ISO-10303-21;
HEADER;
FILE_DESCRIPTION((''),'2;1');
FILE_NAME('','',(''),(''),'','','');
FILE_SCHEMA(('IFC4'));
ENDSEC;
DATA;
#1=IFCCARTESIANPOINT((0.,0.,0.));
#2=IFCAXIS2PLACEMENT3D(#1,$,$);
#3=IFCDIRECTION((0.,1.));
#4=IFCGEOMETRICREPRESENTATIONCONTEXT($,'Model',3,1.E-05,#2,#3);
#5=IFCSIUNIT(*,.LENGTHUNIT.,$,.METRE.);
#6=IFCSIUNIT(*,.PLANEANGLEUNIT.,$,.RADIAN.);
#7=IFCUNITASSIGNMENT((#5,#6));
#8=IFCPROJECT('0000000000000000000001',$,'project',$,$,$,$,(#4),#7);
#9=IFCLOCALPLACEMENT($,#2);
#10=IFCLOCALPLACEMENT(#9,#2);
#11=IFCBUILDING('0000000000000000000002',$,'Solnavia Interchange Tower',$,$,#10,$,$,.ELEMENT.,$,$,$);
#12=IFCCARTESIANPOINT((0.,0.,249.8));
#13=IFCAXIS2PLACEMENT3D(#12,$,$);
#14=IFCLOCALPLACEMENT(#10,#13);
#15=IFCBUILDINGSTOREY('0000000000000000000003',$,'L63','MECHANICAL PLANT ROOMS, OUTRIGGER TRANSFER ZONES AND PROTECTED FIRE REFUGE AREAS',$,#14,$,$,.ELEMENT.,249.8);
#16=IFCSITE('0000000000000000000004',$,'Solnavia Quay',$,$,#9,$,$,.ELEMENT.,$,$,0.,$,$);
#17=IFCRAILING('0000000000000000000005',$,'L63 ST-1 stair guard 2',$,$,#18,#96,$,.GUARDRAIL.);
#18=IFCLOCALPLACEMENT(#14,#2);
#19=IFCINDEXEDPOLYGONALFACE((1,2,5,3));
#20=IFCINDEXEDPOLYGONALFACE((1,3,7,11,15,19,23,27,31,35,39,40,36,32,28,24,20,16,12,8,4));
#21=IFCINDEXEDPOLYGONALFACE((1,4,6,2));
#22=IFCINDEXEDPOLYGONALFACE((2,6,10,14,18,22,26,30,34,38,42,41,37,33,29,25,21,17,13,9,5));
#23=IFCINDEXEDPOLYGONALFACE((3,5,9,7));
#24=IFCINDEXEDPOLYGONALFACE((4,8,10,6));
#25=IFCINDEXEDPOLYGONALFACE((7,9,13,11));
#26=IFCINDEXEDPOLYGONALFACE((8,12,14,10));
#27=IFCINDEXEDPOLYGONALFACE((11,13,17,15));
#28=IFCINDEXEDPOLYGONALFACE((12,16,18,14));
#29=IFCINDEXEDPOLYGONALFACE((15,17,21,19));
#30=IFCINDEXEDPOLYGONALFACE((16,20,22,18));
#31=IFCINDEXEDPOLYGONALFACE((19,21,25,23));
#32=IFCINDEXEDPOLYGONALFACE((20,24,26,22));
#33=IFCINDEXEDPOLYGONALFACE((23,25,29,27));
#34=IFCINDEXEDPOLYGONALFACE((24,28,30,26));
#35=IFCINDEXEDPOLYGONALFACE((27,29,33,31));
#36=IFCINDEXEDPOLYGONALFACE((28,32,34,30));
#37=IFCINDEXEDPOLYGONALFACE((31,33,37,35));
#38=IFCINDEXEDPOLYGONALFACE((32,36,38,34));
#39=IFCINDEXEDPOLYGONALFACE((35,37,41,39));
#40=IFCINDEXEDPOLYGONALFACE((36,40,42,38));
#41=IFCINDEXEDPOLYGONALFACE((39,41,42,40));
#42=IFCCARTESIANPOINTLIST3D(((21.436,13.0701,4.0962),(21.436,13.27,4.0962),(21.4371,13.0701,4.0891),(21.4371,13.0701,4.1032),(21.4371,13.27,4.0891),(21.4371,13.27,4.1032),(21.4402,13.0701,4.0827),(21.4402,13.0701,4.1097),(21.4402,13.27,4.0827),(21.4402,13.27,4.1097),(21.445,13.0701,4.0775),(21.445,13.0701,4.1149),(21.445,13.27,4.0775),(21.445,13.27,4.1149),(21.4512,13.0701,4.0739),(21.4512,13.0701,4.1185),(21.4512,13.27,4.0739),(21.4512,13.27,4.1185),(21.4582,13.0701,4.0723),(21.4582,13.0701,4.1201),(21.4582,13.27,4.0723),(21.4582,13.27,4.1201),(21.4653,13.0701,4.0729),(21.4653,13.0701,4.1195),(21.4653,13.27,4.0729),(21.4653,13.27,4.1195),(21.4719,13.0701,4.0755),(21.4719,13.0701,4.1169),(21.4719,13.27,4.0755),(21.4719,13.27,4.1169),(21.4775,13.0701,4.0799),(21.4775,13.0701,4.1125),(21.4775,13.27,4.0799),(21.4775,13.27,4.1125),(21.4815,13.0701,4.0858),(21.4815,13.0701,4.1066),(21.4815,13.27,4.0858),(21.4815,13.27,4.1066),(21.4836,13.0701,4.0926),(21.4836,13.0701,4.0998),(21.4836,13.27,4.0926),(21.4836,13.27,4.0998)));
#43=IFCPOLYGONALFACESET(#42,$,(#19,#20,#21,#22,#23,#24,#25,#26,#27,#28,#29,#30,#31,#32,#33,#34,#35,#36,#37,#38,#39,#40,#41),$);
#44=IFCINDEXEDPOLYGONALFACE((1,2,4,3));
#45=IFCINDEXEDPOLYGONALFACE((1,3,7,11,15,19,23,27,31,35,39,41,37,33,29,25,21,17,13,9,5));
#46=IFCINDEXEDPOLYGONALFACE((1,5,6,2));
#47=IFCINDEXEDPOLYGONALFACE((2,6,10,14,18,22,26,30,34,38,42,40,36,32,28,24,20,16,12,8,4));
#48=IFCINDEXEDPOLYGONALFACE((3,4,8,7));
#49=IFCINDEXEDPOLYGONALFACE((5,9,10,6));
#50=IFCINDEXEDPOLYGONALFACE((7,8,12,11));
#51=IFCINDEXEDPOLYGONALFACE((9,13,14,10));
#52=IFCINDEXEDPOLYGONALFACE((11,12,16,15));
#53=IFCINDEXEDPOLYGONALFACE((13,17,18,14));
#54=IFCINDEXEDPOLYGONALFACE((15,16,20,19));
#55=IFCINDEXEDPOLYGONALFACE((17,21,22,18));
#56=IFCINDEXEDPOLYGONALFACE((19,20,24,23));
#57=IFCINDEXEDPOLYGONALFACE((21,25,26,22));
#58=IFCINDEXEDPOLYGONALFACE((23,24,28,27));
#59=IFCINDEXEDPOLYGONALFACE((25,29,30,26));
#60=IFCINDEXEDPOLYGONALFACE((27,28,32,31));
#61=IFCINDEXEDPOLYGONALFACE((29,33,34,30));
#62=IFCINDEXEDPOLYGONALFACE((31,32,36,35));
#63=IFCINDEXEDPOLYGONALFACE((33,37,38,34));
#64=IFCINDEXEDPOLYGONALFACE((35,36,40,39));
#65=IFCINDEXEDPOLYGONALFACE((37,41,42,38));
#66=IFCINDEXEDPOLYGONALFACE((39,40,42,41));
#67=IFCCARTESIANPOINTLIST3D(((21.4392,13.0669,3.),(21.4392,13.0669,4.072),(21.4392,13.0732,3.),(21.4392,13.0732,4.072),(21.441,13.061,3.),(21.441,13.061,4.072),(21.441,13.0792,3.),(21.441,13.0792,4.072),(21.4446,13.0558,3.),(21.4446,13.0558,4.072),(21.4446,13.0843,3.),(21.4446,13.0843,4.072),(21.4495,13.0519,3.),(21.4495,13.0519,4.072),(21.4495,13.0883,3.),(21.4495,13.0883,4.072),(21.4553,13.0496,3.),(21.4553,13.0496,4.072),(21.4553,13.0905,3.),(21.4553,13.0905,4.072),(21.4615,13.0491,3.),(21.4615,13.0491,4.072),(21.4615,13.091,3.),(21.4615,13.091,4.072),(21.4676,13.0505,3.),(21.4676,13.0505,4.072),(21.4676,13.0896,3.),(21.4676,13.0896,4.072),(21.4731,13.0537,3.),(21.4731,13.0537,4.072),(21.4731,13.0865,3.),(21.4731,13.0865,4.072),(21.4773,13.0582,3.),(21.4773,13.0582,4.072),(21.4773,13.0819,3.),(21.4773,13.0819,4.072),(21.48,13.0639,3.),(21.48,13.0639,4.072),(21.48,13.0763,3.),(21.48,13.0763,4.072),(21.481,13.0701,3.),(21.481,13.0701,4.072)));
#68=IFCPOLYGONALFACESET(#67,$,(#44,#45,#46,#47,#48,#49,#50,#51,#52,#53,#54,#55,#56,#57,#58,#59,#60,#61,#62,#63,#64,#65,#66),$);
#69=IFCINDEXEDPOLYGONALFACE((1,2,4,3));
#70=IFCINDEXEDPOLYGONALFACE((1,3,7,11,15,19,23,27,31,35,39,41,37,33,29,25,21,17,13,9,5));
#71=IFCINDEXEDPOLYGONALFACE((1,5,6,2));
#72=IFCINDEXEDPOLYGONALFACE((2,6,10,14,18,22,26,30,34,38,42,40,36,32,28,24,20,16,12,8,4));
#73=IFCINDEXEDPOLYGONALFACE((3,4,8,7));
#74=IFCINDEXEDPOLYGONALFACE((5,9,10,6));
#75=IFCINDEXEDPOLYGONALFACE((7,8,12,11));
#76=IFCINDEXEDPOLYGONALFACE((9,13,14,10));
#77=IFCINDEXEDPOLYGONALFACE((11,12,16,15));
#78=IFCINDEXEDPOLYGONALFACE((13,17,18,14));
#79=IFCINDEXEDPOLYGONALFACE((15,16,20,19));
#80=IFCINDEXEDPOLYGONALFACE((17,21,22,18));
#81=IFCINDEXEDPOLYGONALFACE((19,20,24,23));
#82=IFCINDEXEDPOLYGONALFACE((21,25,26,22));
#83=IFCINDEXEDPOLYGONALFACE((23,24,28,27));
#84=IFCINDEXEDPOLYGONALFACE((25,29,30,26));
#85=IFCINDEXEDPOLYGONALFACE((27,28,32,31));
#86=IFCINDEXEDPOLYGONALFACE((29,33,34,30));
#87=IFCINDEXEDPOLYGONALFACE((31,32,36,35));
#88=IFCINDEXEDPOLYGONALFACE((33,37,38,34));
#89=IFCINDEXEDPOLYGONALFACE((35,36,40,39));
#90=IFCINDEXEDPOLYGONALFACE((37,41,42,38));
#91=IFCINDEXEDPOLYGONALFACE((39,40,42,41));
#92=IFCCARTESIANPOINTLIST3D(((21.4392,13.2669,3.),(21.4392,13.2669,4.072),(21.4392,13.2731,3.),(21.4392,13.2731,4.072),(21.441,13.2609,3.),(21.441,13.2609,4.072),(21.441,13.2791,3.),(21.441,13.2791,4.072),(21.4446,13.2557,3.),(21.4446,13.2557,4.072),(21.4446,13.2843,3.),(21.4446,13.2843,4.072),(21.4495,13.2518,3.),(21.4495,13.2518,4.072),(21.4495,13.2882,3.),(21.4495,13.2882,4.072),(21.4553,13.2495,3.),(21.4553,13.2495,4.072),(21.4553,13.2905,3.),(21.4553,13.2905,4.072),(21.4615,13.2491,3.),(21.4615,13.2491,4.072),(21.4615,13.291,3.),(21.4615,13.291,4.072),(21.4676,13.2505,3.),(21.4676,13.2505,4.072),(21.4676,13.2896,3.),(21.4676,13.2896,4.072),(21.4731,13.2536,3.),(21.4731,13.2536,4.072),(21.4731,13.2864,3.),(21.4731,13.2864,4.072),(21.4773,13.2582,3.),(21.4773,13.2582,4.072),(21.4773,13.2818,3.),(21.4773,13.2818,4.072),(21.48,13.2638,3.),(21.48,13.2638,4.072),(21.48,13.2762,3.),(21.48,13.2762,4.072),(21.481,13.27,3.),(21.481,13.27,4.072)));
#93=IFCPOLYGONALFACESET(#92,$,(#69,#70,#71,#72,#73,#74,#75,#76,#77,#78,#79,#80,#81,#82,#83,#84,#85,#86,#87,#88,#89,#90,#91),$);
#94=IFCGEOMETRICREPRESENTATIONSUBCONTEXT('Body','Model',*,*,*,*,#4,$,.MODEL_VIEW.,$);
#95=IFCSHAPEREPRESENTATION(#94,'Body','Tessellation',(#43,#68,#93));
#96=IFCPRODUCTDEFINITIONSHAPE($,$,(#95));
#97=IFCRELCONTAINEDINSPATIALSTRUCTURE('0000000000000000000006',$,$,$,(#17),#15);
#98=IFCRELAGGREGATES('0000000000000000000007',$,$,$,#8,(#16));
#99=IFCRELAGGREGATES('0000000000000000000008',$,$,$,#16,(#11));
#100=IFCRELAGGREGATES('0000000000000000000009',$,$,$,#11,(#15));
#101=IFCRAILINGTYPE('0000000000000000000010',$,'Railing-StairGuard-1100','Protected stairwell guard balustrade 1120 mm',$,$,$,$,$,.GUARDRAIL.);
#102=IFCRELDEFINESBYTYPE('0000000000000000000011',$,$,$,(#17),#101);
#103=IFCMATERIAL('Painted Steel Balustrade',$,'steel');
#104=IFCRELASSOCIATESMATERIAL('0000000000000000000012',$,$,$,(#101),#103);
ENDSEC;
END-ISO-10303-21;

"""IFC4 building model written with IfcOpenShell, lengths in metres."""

from ifc_helpers import new_model, si_unit, direction, frame, origin, origin_2d, place, context, subcontext, project, spatial, circle, extrude, material, type_object, element, save


model = new_model("IFC4")

# Units and contexts
model_context = context("Model", 3, precision=1e-05, world=origin(), true_north=direction((0.0, 1.0)))
body_context = subcontext(model_context, "Body", "Model", "MODEL_VIEW")
ifc_project = project(units=[si_unit("LENGTHUNIT", "METRE"), si_unit("PLANEANGLEUNIT", "RADIAN")], contexts=[model_context])

# Site, building, storey
site_placement = place(None, origin())
site = spatial("IfcSite", under=ifc_project, at=site_placement, Name="Solnavia Quay", CompositionType="ELEMENT", RefElevation=0.0)
building_placement = place(site_placement, origin())
building = spatial("IfcBuilding", under=site, at=building_placement, Name="Solnavia Interchange Tower", CompositionType="ELEMENT")
storey_placement = place(building_placement, frame((0.0, 0.0, 249.8)))
storey = spatial("IfcBuildingStorey", under=building, at=storey_placement, Name="L63", Description="MECHANICAL PLANT ROOMS, OUTRIGGER TRANSFER ZONES AND PROTECTED FIRE REFUGE AREAS", CompositionType="ELEMENT", Elevation=249.8)

# Railing
ifc_material_1 = material(Name="Painted Steel Balustrade", Category="steel")
railing_type_1 = type_object("IfcRailingType", Name="Railing-StairGuard-1100", Description="Protected stairwell guard balustrade 1120 mm", PredefinedType="GUARDRAIL", material=ifc_material_1)
railing_1_placement = place(storey_placement, frame((21.46, 13.0701, 3.0)))
element("IfcRailing", 1, at=railing_1_placement, inside=storey, type_object=railing_type_1, Name="L63 ST-1 stair guard 2", PredefinedType="GUARDRAIL", context=body_context, shape_type="SweptSolid", body=[
    extrude(circle(Radius=0.0239, at=origin_2d()), frame((0.0, 0.0, 1.0962), z_axis=(0.0, 1.0, 0.0), x_axis=(-1.0, 0.0, 0.0)), (0.0, 0.0, 1.0), 0.2),
    extrude(circle(Radius=0.021, at=origin_2d()), origin(), (0.0, 0.0, 1.0), 1.072),
    extrude(circle(Radius=0.021, at=origin_2d()), frame((0.0, 0.2, 0.0)), (0.0, 0.0, 1.0), 1.072),
])

save(model, "model.ifc")
